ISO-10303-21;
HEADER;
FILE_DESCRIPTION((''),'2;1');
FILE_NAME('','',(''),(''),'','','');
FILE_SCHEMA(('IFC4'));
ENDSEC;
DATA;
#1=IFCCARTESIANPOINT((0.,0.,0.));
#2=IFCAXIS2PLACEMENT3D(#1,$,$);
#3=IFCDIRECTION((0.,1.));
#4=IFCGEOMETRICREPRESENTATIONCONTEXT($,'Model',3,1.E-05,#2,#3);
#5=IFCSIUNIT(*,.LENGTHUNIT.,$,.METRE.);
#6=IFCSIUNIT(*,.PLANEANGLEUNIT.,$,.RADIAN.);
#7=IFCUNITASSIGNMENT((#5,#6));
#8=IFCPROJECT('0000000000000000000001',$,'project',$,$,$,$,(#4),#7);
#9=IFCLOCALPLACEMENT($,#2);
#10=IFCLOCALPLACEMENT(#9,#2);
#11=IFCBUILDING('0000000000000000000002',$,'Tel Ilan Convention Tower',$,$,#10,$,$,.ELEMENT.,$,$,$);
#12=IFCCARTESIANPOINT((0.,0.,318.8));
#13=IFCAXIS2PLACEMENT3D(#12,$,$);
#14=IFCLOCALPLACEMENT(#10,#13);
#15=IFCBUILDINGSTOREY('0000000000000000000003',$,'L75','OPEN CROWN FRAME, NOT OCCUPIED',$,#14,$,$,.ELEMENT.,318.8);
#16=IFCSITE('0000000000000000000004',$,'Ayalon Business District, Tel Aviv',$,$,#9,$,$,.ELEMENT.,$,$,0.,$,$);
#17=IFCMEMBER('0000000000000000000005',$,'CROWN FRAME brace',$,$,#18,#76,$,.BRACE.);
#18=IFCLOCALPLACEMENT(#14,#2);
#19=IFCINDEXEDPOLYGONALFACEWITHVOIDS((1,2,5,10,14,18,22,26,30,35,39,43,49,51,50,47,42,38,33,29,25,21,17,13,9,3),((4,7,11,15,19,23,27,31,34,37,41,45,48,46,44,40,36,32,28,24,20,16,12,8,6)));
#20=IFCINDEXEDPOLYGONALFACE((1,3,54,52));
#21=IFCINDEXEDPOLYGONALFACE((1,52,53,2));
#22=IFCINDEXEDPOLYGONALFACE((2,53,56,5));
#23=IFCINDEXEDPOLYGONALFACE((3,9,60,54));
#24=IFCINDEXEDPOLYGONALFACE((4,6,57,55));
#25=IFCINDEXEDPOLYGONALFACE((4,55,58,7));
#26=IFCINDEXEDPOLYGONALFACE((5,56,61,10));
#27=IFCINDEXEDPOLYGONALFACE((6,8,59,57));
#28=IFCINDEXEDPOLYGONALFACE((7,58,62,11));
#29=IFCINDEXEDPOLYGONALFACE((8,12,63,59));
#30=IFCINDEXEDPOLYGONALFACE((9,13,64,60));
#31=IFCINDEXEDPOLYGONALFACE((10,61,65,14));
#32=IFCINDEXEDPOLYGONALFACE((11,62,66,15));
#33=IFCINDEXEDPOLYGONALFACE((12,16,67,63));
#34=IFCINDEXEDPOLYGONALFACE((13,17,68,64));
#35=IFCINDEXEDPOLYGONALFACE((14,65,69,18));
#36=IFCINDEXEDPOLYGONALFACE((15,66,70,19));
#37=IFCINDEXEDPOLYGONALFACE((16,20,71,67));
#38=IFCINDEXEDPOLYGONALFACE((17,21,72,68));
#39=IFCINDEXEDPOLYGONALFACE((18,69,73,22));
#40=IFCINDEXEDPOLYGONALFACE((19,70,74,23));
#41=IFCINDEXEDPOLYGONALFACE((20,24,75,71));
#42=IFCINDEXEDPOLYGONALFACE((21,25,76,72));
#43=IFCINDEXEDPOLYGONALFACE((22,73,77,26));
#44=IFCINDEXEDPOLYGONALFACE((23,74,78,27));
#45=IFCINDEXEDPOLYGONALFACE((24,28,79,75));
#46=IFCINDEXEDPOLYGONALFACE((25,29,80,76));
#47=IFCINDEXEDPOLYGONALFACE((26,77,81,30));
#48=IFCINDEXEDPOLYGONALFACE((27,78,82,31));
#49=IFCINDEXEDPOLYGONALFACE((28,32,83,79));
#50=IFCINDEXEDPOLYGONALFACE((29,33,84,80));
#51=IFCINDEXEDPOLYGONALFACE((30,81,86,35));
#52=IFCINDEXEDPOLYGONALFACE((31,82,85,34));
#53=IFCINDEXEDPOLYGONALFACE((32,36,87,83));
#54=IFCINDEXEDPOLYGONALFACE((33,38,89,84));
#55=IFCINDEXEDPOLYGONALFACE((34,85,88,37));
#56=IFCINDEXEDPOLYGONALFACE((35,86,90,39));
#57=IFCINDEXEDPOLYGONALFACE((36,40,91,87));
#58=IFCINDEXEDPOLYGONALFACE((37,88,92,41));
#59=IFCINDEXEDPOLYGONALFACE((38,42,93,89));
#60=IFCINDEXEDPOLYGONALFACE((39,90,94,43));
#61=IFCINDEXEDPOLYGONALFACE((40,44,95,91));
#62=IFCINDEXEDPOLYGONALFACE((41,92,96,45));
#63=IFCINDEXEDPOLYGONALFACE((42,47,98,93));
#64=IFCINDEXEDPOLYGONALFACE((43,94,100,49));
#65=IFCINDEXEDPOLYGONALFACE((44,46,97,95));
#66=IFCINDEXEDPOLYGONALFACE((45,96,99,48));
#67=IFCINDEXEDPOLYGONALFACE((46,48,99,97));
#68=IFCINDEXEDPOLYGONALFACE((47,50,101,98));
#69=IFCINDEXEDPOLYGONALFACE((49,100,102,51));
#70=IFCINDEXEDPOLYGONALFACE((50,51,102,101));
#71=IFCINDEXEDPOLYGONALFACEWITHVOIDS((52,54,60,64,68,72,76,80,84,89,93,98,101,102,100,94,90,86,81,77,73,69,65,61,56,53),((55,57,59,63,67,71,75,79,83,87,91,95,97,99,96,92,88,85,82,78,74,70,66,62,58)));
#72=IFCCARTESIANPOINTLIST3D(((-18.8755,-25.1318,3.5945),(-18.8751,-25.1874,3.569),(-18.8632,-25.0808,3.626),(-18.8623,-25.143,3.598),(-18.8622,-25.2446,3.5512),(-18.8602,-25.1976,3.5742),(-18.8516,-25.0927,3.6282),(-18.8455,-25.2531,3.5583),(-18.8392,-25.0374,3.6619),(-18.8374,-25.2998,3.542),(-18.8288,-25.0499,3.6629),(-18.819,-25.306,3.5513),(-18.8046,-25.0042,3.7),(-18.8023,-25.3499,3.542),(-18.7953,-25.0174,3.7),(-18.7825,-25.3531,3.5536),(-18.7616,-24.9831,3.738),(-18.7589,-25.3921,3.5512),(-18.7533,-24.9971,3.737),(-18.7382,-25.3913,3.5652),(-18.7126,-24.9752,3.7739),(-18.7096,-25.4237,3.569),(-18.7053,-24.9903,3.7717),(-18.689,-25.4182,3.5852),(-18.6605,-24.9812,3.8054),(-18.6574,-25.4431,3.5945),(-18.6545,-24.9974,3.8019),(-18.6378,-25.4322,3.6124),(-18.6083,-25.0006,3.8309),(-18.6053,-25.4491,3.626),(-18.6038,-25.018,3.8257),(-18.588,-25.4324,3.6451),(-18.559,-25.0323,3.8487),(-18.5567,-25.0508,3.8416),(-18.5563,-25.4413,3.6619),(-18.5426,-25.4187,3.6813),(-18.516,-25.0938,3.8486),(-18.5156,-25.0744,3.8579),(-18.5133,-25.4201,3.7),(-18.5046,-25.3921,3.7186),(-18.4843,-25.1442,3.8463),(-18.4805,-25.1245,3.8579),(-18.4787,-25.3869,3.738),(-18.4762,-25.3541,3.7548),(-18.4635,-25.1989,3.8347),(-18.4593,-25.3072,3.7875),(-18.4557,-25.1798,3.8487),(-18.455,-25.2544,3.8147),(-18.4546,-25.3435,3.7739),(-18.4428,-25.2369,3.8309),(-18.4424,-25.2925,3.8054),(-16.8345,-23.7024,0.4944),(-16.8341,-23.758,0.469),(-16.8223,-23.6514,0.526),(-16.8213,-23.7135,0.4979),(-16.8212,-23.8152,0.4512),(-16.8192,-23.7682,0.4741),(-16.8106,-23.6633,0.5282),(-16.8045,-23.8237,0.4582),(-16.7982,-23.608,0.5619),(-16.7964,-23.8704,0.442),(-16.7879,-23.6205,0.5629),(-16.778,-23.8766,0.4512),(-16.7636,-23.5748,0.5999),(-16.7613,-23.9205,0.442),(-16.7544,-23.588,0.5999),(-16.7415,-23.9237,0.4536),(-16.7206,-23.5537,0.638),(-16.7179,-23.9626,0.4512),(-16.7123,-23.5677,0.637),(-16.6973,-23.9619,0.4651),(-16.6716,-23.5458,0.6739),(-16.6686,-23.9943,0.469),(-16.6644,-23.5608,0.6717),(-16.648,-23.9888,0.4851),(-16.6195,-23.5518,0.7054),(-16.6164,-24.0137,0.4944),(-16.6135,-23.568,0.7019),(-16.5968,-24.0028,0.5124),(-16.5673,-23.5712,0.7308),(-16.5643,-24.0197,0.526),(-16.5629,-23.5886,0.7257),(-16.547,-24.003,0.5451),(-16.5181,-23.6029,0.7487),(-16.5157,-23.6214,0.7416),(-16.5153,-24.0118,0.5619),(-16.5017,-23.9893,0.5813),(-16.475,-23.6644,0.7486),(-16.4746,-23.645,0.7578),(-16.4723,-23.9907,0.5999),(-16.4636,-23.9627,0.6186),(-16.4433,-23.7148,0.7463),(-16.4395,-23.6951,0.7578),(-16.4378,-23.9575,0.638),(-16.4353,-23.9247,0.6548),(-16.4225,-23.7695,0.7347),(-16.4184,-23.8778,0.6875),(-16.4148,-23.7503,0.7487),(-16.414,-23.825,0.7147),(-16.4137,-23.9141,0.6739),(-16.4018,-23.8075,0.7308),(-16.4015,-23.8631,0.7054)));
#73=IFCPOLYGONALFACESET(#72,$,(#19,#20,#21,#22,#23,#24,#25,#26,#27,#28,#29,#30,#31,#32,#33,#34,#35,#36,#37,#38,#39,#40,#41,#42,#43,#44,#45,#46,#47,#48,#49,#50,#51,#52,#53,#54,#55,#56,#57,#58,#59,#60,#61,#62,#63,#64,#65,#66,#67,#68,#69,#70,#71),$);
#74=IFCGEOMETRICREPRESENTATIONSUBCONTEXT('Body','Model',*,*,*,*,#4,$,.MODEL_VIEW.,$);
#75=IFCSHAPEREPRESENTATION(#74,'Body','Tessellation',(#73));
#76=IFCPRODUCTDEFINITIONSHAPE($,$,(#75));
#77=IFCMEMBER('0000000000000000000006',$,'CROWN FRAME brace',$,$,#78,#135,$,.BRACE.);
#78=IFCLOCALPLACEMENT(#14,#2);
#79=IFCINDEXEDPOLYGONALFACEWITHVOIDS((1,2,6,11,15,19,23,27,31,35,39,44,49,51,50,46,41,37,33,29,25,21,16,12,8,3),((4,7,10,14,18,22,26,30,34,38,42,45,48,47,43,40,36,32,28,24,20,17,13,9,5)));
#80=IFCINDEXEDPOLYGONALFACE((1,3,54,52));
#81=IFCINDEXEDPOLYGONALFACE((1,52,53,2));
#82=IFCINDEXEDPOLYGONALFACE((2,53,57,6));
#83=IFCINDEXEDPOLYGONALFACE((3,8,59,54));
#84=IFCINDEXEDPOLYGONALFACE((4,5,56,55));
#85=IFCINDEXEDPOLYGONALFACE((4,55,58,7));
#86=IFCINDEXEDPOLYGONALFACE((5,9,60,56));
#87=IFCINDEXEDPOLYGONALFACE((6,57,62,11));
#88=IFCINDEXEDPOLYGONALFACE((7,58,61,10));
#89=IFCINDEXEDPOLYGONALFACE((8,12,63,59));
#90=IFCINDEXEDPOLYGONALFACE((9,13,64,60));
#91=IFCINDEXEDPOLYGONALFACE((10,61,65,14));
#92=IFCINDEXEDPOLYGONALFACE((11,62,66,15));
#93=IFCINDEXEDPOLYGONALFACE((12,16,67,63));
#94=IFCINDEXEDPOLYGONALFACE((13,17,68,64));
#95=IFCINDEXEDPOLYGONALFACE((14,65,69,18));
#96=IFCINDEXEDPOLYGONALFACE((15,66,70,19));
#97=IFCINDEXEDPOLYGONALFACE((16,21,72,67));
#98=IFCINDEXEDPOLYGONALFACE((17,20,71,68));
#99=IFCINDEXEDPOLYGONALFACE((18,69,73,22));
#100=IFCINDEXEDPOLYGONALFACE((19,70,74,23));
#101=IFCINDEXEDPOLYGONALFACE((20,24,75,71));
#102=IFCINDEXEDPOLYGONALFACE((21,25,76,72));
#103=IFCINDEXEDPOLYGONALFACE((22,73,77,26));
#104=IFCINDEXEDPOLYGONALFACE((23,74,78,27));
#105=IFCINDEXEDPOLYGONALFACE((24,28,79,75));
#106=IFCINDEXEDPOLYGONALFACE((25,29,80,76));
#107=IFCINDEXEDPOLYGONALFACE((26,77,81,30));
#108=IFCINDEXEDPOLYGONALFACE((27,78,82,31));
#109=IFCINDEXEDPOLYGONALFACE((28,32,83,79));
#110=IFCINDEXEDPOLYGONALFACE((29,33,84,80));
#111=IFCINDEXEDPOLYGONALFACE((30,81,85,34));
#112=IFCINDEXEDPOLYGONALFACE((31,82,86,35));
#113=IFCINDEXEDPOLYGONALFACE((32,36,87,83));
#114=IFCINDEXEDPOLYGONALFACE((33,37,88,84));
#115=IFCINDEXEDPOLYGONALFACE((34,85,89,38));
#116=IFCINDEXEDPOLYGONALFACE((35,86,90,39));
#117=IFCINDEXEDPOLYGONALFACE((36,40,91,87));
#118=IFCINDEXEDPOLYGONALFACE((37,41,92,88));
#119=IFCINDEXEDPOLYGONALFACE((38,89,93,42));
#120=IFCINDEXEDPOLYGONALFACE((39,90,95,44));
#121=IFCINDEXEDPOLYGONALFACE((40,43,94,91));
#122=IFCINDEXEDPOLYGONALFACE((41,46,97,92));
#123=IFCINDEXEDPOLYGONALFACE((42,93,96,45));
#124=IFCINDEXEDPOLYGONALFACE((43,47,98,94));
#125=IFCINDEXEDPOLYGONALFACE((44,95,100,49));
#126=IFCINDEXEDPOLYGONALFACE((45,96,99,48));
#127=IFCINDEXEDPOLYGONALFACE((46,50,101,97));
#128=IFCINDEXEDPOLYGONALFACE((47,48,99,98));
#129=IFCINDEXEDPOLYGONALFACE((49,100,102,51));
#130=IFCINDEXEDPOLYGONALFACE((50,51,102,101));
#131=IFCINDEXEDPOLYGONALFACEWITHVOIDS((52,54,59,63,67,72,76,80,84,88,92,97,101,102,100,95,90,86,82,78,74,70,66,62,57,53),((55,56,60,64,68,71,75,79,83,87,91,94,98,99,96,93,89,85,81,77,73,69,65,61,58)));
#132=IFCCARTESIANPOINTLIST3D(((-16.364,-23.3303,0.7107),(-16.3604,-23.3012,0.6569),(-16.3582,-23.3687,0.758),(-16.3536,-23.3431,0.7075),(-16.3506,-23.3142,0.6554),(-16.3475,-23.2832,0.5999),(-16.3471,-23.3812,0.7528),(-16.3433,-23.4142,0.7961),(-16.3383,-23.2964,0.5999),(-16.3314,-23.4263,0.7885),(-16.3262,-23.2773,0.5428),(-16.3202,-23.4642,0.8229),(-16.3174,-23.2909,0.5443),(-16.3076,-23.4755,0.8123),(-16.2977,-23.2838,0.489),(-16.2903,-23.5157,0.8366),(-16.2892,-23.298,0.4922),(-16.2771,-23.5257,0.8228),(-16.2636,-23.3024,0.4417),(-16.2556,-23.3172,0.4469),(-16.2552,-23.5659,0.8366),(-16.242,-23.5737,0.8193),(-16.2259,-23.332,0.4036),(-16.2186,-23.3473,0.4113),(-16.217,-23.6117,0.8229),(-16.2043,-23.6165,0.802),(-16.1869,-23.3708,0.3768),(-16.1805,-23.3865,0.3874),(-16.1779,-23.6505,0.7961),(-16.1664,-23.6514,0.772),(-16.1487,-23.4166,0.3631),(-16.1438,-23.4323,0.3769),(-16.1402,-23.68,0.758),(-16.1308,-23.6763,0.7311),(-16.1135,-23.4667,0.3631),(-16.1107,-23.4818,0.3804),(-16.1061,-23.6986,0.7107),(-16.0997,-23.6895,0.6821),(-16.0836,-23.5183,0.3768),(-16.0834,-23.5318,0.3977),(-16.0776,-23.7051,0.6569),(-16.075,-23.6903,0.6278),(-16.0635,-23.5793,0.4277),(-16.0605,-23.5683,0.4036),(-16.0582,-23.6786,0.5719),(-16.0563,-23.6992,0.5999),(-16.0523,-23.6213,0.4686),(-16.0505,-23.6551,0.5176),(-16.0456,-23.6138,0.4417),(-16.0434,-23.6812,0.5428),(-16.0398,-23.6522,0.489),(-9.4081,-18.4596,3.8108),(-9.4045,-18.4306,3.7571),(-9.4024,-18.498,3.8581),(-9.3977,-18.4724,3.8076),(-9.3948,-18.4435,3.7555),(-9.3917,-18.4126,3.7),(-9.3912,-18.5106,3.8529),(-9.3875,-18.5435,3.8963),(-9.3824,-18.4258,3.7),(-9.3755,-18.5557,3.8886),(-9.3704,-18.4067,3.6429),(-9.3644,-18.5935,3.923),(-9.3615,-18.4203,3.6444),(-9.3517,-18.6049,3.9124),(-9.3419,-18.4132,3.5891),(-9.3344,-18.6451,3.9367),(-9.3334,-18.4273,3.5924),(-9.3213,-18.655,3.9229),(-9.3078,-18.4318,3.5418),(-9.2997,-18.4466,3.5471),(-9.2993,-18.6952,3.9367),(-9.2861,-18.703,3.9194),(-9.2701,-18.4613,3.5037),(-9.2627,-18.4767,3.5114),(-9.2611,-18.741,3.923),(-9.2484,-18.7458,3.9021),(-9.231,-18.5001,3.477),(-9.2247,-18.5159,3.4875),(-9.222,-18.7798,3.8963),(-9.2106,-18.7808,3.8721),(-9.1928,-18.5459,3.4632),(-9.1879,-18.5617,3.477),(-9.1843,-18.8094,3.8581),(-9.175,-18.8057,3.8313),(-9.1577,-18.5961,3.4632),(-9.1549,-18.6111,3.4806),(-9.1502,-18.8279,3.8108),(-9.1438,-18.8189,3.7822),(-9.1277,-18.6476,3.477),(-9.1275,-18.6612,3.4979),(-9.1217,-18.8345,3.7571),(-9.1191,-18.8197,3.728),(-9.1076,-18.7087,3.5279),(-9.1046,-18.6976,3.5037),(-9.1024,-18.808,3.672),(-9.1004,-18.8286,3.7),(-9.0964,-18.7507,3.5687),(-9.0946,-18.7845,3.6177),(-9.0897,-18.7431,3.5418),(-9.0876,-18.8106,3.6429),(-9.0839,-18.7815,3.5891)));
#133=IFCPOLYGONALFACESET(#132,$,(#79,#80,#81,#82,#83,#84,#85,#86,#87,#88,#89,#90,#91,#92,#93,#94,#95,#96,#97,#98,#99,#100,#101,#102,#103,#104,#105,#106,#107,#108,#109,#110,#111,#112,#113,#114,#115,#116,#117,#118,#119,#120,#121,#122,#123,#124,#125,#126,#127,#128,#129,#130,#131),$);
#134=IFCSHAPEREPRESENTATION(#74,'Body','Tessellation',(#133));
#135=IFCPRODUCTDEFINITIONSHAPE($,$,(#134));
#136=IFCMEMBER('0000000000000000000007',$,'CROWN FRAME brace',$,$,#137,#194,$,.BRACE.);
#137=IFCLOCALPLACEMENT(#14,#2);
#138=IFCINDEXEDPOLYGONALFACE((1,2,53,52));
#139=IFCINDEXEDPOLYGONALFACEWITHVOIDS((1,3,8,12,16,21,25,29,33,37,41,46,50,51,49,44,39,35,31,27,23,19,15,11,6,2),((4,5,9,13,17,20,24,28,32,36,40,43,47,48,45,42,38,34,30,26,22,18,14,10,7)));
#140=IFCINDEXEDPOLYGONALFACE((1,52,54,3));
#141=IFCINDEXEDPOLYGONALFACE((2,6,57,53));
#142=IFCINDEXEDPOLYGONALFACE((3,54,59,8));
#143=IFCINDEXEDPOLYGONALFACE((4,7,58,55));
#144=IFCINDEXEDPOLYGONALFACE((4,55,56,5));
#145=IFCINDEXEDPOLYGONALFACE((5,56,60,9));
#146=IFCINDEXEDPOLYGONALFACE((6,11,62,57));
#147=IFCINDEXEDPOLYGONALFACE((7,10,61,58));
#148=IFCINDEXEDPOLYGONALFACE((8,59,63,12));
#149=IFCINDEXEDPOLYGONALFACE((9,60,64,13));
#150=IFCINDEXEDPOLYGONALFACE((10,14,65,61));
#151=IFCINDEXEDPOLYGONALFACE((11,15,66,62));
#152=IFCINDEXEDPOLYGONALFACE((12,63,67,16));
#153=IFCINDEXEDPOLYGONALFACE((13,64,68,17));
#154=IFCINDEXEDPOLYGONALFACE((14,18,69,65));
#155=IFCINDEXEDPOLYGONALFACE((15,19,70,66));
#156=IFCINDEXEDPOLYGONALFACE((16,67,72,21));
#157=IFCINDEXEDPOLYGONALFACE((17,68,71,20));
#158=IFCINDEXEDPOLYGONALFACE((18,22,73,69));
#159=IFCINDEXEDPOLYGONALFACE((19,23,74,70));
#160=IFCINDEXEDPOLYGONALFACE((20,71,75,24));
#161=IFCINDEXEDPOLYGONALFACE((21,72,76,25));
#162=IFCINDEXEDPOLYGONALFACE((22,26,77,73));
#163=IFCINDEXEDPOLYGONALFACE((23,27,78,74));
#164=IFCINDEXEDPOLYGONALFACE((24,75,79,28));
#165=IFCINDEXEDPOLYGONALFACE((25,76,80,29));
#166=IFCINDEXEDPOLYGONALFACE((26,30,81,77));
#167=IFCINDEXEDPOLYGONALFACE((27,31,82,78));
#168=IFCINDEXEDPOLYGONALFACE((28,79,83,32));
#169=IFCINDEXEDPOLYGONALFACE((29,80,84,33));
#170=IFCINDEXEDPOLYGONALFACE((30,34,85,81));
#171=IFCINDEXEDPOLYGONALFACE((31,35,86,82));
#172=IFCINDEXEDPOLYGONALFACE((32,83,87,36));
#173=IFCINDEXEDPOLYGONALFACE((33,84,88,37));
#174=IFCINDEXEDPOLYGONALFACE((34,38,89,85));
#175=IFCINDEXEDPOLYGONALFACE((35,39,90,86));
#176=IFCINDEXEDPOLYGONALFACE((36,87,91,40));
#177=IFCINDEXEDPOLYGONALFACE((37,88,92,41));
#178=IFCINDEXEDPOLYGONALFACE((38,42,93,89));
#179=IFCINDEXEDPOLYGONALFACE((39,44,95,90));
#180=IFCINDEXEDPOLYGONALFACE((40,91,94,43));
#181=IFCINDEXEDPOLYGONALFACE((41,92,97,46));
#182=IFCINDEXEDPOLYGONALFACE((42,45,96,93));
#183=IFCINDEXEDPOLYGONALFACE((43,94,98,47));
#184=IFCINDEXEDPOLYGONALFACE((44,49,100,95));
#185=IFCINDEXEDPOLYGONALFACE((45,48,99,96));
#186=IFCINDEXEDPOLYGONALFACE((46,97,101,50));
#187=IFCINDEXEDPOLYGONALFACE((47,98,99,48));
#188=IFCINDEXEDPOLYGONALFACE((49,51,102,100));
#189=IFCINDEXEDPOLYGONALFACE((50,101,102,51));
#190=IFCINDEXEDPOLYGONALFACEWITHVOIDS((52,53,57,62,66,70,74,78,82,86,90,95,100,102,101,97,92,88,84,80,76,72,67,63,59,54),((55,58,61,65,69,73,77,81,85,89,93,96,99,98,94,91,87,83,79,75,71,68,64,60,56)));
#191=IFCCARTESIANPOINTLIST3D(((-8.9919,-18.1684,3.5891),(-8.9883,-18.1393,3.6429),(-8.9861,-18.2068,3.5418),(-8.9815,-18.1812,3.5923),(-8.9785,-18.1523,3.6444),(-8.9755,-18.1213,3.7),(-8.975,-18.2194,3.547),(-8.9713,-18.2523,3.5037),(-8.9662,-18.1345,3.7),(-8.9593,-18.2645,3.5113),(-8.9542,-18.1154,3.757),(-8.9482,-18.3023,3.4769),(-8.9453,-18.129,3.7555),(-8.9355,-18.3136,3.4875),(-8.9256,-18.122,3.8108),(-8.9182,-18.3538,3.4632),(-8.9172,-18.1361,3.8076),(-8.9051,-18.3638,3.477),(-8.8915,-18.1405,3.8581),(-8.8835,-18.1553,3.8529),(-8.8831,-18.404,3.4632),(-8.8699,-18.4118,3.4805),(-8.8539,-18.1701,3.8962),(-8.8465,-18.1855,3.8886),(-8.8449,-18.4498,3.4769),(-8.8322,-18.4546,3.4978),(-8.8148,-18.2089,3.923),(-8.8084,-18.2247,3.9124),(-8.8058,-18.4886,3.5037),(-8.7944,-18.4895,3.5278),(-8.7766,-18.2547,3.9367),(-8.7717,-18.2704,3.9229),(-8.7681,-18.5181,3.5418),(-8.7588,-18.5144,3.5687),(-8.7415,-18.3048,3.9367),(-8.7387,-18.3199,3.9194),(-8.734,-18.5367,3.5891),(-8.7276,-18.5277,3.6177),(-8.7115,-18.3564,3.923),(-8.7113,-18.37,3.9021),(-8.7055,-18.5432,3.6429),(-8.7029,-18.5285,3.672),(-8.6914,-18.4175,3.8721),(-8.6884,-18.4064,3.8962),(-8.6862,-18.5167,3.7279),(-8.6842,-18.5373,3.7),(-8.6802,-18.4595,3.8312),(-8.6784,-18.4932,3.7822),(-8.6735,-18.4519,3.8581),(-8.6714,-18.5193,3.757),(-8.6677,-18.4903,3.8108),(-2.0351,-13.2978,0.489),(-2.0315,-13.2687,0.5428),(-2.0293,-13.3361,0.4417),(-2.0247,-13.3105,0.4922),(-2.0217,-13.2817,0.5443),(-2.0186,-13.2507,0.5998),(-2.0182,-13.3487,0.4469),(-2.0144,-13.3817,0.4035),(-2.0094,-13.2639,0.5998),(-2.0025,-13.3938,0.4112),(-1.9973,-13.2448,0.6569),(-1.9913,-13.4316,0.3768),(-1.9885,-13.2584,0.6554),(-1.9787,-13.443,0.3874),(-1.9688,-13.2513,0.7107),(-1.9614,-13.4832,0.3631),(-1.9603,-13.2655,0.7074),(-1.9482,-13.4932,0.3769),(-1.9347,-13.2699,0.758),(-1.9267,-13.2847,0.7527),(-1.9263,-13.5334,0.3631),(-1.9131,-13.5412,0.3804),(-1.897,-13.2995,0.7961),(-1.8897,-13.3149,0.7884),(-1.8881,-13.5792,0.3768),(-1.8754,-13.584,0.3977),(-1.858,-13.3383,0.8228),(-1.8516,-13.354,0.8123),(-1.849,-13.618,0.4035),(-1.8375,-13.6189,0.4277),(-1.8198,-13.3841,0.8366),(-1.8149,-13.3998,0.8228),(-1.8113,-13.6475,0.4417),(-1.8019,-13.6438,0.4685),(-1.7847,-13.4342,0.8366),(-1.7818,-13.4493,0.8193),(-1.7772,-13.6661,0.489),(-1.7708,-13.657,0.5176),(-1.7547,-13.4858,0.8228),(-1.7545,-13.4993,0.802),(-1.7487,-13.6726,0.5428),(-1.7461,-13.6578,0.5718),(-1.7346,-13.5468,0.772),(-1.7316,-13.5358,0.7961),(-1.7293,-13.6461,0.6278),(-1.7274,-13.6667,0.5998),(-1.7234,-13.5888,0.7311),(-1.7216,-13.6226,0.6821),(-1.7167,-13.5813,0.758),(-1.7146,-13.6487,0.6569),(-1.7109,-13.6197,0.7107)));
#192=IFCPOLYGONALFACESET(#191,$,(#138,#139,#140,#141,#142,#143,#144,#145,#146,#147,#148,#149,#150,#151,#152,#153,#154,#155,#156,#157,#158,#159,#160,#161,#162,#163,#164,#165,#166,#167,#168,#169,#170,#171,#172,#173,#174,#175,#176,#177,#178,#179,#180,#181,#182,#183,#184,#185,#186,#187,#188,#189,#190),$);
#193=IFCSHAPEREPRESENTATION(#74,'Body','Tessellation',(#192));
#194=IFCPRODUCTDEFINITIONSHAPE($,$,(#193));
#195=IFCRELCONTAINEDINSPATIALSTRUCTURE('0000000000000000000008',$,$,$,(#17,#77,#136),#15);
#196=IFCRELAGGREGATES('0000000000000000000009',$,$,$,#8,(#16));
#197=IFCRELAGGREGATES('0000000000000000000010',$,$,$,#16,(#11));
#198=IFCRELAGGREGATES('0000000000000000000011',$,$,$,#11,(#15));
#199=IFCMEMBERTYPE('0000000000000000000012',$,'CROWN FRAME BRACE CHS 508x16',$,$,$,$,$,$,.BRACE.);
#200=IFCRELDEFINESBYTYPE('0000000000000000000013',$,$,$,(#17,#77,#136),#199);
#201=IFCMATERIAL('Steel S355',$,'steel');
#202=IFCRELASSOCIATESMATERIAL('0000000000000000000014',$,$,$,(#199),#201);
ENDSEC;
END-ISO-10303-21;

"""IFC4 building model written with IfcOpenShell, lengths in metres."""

from ifc_helpers import new_model, si_unit, direction, frame, origin, origin_2d, place, context, subcontext, project, spatial, hollow_circle, extrude, material, material_profile, profile_set, type_object, element, save


model = new_model("IFC4")

# Units and contexts
model_context = context("Model", 3, precision=1e-05, world=origin(), true_north=direction((0.0, 1.0)))
body_context = subcontext(model_context, "Body", "Model", "MODEL_VIEW")
ifc_project = project(units=[si_unit("LENGTHUNIT", "METRE"), si_unit("PLANEANGLEUNIT", "RADIAN")], contexts=[model_context])

# Site, building, storey
site_placement = place(None, origin())
site = spatial("IfcSite", under=ifc_project, at=site_placement, Name="Ayalon Business District, Tel Aviv", CompositionType="ELEMENT", RefElevation=0.0)
building_placement = place(site_placement, origin())
building = spatial("IfcBuilding", under=site, at=building_placement, Name="Tel Ilan Convention Tower", CompositionType="ELEMENT")
storey_placement = place(building_placement, frame((0.0, 0.0, 318.8)))
storey = spatial("IfcBuildingStorey", under=building, at=storey_placement, Name="L75", Description="OPEN CROWN FRAME, NOT OCCUPIED", CompositionType="ELEMENT", Elevation=318.8)

# Members
ifc_material_1 = material(Name="Steel S355", Category="steel")
ifc_material_profile_1 = material_profile(ifc_material_1, hollow_circle(Radius=0.2539, WallThickness=0.0161, at=origin_2d()), Name="CHS 508x16")
ifc_profile_set_1 = profile_set([ifc_material_profile_1], Name="Steel S355")
member_type = type_object("IfcMemberType", Name="CROWN FRAME BRACE CHS 508x16", PredefinedType="BRACE", material=ifc_profile_set_1)
member_1_placement = place(storey_placement, frame((-18.6589, -25.2122, 3.7), z_axis=(0.513154, 0.359392, -0.779429), x_axis=(-0.57366, 0.819094, 0.0)))
element("IfcMember", 1, at=member_1_placement, inside=storey, type_object=member_type, Name="CROWN FRAME brace", PredefinedType="BRACE", context=body_context, shape_type="SweptSolid", body=[
    extrude(hollow_circle(Radius=0.2539, WallThickness=0.0161, at=origin_2d()), origin(), (0.0, 0.0, 1.0), 3.9773),
])
member_2_placement = place(storey_placement, frame((-16.2019, -23.4912, 0.5999), z_axis=(0.769471, 0.5388, 0.342941), x_axis=(-0.573584, 0.819147, 0.0)))
element("IfcMember", 2, at=member_2_placement, inside=storey, type_object=member_type, Name="CROWN FRAME brace", PredefinedType="BRACE", context=body_context, shape_type="SweptSolid", body=[
    extrude(hollow_circle(Radius=0.2539, WallThickness=0.0161, at=origin_2d()), origin(), (0.0, 0.0, 1.0), 9.0398),
])
member_3_placement = place(storey_placement, frame((-8.8298, -18.3293, 3.7), z_axis=(0.769515, 0.538755, -0.342913), x_axis=(-0.57353, 0.819185, 0.0)))
element("IfcMember", 3, at=member_3_placement, inside=storey, type_object=member_type, Name="CROWN FRAME brace", PredefinedType="BRACE", context=body_context, shape_type="SweptSolid", body=[
    extrude(hollow_circle(Radius=0.2539, WallThickness=0.0161, at=origin_2d()), origin(), (0.0, 0.0, 1.0), 9.0405),
])

save(model, "model.ifc")
